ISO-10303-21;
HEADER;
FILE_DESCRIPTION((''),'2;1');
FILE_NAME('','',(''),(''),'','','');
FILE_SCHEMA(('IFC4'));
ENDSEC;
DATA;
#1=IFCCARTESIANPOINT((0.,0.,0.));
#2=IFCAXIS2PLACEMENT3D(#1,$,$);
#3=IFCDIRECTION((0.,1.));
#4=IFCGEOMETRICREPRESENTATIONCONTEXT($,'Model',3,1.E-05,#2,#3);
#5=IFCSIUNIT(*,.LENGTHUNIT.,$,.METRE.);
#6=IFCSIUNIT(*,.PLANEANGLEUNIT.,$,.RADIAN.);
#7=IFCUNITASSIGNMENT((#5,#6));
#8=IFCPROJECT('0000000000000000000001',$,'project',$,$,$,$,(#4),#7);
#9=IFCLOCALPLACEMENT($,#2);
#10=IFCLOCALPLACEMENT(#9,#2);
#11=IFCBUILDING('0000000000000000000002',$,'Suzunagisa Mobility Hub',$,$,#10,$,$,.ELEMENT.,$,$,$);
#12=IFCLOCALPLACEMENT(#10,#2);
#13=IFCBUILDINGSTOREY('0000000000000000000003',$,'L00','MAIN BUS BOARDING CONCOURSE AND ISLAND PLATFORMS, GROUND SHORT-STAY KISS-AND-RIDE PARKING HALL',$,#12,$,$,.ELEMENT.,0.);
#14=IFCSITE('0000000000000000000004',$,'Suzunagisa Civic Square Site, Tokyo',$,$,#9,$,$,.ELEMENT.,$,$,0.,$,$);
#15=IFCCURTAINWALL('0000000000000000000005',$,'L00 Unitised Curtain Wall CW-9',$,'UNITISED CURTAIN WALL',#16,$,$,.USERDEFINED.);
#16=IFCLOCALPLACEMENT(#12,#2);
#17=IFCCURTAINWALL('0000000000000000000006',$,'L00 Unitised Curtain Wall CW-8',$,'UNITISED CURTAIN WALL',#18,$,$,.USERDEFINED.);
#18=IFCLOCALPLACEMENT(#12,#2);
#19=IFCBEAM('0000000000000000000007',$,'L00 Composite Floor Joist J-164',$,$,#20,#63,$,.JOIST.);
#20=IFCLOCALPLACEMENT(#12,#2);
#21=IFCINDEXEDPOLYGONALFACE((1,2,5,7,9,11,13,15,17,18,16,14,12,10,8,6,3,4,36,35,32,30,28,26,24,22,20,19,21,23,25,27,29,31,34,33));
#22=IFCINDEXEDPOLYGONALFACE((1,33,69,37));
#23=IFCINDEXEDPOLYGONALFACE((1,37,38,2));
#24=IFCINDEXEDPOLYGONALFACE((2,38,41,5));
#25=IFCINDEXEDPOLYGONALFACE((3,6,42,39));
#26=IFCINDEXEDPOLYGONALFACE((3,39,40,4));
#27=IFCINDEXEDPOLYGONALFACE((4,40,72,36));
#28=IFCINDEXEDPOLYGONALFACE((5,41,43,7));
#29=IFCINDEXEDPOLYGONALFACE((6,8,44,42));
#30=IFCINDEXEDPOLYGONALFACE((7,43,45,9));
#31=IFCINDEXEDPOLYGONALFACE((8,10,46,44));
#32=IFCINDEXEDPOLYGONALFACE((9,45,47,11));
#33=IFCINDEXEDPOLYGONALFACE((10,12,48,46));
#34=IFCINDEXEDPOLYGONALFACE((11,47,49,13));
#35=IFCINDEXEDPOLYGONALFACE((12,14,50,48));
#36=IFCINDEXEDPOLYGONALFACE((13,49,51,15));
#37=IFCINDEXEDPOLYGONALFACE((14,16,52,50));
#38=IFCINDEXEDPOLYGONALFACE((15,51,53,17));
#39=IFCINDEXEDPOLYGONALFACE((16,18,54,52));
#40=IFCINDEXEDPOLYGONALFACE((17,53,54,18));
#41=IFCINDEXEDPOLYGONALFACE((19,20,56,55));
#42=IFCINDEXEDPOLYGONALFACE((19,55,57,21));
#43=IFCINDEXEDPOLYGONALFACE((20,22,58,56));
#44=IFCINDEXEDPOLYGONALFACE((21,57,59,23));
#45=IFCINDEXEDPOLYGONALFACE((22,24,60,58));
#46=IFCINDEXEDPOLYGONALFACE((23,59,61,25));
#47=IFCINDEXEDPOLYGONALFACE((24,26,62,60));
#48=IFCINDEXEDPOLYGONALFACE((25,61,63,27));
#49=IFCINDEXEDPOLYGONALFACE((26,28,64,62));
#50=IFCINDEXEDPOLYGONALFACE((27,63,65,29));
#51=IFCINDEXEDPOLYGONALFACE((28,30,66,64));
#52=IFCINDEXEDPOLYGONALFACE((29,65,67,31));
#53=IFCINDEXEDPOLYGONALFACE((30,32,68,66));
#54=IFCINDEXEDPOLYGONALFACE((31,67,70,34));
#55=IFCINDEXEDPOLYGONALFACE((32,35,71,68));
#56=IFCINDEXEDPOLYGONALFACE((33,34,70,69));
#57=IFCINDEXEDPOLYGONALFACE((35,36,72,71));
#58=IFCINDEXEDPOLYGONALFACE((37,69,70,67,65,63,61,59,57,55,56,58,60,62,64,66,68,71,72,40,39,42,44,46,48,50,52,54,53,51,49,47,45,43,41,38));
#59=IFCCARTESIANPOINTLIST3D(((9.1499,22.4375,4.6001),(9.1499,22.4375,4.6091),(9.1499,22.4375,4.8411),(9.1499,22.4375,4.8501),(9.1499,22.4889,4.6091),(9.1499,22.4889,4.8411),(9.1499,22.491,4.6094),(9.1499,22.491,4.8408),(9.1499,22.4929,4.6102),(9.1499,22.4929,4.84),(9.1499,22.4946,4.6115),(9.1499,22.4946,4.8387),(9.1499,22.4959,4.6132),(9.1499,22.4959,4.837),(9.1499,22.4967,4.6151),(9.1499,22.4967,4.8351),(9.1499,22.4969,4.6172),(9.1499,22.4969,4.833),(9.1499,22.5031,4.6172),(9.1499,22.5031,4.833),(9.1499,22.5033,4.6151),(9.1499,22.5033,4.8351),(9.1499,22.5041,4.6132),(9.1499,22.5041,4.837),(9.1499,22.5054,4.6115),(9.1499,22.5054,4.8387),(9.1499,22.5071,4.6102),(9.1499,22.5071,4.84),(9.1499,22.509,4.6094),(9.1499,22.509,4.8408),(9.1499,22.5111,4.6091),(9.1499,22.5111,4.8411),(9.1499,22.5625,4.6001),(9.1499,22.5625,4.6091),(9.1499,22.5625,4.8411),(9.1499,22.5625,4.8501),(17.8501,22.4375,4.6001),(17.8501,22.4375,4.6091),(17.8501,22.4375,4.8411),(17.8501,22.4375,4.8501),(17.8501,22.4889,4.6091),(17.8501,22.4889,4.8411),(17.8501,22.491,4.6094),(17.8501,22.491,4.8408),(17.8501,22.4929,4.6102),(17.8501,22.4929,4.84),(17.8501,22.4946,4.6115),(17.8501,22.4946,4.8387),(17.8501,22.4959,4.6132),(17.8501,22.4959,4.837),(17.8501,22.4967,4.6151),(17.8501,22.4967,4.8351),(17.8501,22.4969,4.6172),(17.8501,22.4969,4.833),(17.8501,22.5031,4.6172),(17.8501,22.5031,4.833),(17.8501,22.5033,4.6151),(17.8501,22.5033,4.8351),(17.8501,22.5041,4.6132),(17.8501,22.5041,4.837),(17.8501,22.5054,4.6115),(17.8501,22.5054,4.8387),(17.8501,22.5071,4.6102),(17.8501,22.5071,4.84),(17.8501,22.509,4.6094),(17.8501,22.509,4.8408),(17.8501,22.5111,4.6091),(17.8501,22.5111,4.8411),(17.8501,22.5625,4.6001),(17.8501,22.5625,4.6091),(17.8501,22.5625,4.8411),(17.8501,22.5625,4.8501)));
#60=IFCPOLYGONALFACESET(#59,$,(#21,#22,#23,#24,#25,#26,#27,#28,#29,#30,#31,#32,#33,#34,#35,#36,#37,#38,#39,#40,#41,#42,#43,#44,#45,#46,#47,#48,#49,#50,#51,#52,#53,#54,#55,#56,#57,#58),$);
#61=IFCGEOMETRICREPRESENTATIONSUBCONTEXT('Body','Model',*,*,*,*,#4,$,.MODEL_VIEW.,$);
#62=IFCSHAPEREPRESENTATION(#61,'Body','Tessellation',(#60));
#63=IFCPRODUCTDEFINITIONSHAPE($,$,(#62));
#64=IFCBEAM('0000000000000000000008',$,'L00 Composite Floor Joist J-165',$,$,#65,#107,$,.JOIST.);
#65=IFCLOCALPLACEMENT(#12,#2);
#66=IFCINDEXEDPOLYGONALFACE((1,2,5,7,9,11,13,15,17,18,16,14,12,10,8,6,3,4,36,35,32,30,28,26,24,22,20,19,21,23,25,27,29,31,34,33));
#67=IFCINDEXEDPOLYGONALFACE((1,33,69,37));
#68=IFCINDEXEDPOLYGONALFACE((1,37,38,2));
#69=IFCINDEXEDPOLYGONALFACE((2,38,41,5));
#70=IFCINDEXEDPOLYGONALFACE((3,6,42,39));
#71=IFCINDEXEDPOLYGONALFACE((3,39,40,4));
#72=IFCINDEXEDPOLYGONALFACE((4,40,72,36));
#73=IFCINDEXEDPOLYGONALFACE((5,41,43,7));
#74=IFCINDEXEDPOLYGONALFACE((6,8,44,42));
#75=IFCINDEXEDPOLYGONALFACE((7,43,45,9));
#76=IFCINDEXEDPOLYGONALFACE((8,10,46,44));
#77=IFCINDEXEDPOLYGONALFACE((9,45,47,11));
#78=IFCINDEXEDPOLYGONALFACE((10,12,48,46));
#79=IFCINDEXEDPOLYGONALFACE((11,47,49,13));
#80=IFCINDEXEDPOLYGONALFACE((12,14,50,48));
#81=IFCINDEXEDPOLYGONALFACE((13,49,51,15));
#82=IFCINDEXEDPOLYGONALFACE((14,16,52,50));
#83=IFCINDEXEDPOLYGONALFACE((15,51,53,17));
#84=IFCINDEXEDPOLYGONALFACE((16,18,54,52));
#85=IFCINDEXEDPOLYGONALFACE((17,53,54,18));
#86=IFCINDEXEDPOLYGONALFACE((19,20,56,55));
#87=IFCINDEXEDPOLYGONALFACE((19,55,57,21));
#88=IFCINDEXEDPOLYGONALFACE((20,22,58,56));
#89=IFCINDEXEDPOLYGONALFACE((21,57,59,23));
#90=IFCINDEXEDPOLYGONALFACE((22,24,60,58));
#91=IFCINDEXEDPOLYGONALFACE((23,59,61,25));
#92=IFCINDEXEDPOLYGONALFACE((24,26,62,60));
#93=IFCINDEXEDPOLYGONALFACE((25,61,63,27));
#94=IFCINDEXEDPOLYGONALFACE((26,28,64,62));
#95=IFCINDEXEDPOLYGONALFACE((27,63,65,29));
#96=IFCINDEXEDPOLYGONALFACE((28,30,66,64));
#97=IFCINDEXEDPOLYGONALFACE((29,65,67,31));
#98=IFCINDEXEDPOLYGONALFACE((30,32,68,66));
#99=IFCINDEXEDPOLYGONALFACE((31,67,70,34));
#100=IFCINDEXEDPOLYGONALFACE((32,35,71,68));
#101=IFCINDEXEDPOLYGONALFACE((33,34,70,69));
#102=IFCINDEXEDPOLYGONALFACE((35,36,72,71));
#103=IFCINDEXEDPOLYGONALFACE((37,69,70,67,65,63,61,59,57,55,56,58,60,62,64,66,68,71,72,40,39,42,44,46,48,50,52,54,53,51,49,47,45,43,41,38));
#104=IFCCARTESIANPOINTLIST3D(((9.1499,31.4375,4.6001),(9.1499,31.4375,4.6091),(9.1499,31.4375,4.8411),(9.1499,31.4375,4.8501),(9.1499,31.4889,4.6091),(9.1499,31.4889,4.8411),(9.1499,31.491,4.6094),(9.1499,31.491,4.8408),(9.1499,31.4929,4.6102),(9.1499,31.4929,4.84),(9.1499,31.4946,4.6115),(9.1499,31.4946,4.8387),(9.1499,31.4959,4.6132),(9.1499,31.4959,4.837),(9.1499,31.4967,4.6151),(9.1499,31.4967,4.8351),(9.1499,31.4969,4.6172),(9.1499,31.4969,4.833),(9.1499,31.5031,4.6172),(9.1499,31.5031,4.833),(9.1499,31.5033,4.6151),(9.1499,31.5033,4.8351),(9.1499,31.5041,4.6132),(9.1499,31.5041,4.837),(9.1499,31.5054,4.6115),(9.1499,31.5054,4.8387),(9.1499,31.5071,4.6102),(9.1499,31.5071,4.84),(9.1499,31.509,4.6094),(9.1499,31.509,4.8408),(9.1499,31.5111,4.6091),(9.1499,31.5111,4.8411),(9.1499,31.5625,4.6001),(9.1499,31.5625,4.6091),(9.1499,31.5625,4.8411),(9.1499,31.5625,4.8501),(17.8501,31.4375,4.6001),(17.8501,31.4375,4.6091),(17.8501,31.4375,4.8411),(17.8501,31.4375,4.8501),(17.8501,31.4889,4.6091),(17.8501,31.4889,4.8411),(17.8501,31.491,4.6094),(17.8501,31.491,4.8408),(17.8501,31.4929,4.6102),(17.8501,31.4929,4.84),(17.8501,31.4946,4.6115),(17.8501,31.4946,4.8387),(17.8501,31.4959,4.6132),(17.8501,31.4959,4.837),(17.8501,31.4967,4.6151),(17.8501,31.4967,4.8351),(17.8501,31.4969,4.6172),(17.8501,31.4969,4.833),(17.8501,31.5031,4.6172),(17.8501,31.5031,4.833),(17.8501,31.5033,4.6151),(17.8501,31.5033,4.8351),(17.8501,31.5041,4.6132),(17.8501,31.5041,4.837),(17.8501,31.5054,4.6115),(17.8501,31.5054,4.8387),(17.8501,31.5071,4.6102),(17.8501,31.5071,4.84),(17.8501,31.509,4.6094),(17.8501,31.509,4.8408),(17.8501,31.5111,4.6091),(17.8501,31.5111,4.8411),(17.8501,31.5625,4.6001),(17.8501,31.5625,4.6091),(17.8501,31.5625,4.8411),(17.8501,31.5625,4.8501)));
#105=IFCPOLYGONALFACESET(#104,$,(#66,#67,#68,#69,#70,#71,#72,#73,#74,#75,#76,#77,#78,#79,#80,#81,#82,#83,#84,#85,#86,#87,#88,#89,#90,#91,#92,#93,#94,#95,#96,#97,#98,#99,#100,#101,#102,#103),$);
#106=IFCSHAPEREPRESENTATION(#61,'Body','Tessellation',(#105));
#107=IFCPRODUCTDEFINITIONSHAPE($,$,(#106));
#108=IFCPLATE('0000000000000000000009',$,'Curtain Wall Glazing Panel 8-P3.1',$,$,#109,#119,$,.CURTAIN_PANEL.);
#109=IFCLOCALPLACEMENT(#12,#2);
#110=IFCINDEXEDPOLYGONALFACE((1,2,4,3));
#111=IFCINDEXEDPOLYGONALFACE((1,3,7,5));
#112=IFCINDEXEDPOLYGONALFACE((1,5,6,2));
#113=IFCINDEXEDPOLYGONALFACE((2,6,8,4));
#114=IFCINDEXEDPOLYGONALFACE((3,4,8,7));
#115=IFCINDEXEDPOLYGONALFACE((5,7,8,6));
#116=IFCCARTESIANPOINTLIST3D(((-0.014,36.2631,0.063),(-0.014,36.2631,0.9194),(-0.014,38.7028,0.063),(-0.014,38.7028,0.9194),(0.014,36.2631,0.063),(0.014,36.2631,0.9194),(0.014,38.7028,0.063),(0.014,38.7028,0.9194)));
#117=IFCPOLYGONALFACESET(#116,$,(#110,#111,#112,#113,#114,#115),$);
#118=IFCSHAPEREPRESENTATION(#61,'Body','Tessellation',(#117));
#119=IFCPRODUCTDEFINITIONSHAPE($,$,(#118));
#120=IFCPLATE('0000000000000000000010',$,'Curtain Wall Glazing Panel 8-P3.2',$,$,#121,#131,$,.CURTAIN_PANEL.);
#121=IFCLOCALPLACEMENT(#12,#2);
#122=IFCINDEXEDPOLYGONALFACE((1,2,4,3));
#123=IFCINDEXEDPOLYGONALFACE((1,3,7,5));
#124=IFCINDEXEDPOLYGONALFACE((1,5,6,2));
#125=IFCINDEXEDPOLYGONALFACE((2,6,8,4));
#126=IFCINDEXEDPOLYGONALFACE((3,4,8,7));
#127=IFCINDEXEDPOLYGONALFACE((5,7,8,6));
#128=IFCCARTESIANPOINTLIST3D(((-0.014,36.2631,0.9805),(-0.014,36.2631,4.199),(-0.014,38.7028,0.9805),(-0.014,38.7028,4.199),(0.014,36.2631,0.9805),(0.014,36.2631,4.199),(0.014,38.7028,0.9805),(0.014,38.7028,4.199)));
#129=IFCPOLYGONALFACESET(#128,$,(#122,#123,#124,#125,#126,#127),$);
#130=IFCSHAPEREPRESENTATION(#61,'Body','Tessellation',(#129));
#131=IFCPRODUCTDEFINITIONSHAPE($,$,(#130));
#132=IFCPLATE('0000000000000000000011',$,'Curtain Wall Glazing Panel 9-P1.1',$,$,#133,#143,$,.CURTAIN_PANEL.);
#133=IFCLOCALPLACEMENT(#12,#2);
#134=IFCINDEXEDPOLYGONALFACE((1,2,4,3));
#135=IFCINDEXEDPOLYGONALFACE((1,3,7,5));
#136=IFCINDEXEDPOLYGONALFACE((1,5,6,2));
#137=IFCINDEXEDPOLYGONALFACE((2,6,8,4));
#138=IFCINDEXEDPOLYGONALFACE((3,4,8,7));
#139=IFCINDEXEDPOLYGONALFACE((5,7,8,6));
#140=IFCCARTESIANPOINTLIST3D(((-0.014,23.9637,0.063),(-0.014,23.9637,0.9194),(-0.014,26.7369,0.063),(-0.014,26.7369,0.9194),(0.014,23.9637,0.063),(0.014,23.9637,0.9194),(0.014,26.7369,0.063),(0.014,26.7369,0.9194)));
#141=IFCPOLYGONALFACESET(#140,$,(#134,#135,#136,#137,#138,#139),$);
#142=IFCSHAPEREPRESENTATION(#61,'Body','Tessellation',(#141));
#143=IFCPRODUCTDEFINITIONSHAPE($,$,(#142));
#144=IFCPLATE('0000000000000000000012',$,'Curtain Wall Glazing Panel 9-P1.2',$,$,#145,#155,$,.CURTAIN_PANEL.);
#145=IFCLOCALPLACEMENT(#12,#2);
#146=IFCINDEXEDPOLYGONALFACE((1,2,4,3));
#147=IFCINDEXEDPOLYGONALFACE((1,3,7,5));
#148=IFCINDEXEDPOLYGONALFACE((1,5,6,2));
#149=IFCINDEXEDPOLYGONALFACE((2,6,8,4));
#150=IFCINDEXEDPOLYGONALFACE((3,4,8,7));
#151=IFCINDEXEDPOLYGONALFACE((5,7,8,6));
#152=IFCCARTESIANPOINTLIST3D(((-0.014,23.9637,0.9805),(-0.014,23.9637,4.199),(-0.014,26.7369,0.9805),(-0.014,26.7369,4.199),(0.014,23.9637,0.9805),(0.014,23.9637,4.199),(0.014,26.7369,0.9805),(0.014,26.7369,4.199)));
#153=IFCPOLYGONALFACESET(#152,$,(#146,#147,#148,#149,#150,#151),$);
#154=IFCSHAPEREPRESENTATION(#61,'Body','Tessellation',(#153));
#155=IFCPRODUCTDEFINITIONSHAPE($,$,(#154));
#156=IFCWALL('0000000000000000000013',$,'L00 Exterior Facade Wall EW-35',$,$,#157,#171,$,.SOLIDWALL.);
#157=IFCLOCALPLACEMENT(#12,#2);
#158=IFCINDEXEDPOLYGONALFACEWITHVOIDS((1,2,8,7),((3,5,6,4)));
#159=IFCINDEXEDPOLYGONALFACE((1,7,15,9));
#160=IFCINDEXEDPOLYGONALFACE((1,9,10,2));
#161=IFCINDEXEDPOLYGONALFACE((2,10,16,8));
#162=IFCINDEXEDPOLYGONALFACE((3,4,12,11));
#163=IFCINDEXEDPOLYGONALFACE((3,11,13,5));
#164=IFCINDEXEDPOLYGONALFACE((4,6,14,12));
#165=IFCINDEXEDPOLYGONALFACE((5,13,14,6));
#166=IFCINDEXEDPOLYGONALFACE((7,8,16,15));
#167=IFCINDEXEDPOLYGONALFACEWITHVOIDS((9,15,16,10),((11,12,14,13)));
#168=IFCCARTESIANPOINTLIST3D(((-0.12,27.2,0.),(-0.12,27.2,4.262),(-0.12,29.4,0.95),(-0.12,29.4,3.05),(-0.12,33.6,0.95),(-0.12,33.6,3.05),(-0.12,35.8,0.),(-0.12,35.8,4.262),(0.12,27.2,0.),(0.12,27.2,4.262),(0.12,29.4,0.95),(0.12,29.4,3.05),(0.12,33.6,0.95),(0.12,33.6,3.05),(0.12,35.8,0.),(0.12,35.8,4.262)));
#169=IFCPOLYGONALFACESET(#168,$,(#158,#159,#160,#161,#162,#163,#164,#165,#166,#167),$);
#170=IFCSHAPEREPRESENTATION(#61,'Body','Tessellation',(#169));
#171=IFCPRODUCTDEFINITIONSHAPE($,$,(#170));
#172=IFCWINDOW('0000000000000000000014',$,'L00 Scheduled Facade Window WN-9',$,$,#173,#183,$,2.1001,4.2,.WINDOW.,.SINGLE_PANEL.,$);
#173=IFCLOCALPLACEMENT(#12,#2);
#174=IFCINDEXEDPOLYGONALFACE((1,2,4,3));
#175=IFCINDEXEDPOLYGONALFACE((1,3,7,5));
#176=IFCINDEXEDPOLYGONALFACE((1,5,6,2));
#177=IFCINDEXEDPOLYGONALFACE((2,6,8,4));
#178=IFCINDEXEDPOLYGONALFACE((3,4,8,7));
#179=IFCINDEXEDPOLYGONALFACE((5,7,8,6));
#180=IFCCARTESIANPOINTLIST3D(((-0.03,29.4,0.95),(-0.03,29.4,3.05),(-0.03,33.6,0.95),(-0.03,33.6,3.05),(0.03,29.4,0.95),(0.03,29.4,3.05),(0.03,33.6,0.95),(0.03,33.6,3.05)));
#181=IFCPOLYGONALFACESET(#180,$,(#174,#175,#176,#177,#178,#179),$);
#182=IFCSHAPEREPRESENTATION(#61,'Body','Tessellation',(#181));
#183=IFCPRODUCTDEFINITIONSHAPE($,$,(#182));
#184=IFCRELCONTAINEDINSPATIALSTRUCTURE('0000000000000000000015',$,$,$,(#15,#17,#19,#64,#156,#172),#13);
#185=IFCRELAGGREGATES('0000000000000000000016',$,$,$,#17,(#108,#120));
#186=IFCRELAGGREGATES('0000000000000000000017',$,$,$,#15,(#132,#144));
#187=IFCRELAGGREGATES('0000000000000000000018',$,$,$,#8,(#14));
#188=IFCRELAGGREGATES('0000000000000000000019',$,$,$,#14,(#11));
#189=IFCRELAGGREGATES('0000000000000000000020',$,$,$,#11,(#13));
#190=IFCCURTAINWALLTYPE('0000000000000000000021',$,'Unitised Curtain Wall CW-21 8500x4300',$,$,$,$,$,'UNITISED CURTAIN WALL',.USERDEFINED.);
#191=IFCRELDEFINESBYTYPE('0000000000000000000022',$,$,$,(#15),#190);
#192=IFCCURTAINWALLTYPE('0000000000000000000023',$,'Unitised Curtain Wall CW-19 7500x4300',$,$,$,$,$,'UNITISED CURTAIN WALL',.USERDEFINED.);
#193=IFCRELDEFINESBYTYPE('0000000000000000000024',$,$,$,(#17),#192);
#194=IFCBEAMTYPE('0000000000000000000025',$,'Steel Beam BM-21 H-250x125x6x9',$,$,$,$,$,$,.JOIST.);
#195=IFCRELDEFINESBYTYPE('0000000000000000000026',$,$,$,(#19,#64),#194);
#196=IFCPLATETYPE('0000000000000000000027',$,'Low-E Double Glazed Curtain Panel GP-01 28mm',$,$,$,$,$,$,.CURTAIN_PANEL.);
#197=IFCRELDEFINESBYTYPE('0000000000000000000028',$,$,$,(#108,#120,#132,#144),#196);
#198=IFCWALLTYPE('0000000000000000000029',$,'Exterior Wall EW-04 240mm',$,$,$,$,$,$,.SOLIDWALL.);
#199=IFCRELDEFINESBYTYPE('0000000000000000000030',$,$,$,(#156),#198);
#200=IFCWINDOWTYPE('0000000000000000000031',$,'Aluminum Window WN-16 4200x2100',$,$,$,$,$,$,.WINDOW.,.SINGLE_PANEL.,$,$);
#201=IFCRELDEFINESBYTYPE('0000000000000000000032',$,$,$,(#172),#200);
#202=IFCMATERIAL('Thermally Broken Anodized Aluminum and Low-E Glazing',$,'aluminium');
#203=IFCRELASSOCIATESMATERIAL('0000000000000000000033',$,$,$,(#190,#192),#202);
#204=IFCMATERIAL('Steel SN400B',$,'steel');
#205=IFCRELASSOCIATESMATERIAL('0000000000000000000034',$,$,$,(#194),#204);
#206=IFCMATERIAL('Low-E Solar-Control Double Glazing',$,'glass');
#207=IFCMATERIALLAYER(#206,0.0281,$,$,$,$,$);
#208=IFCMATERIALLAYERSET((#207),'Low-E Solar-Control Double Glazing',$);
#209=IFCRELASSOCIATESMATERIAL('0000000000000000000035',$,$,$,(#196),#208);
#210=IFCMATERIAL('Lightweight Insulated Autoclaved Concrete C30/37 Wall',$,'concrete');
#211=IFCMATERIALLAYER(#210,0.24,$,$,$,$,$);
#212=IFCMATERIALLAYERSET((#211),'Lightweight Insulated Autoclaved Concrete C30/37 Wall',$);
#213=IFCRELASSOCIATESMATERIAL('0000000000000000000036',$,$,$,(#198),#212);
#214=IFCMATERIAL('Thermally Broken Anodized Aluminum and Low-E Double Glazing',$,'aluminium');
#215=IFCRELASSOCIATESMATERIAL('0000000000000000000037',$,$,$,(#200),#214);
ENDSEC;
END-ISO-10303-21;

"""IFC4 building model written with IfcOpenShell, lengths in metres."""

from ifc_helpers import new_model, si_unit, direction, frame, frame_2d, origin, origin_2d, place, context, subcontext, project, spatial, rectangle, i_section, extrude, material, layer, layer_set, material_profile, profile_set, type_object, element, fill, aggregate, save


model = new_model("IFC4")

# Units and contexts
model_context = context("Model", 3, precision=1e-05, world=origin(), true_north=direction((0.0, 1.0)))
body_context = subcontext(model_context, "Body", "Model", "MODEL_VIEW")
ifc_project = project(units=[si_unit("LENGTHUNIT", "METRE"), si_unit("PLANEANGLEUNIT", "RADIAN")], contexts=[model_context])

# Site, building, storey
site_placement = place(None, origin())
site = spatial("IfcSite", under=ifc_project, at=site_placement, Name="Suzunagisa Civic Square Site, Tokyo", CompositionType="ELEMENT", RefElevation=0.0)
building_placement = place(site_placement, origin())
building = spatial("IfcBuilding", under=site, at=building_placement, Name="Suzunagisa Mobility Hub", CompositionType="ELEMENT")
storey_placement = place(building_placement, origin())
storey = spatial("IfcBuildingStorey", under=building, at=storey_placement, Name="L00", Description="MAIN BUS BOARDING CONCOURSE AND ISLAND PLATFORMS, GROUND SHORT-STAY KISS-AND-RIDE PARKING HALL", CompositionType="ELEMENT", Elevation=0.0)

# Curtain wall
ifc_material_1 = material(Name="Thermally Broken Anodized Aluminum and Low-E Glazing", Category="aluminium")
curtain_wall_type_1 = type_object("IfcCurtainWallType", Name="Unitised Curtain Wall CW-21 8500x4300", ElementType="UNITISED CURTAIN WALL", PredefinedType="USERDEFINED", material=ifc_material_1)
curtain_wall_1_placement = place(storey_placement, origin())
curtain_wall_1 = element("IfcCurtainWall", 1, at=curtain_wall_1_placement, inside=storey, type_object=curtain_wall_type_1, Name="L00 Unitised Curtain Wall CW-9", ObjectType="UNITISED CURTAIN WALL", PredefinedType="USERDEFINED")

# Curtain wall
curtain_wall_type_2 = type_object("IfcCurtainWallType", Name="Unitised Curtain Wall CW-19 7500x4300", ElementType="UNITISED CURTAIN WALL", PredefinedType="USERDEFINED", material=ifc_material_1)
curtain_wall_2_placement = place(storey_placement, origin())
curtain_wall_2 = element("IfcCurtainWall", 2, at=curtain_wall_2_placement, inside=storey, type_object=curtain_wall_type_2, Name="L00 Unitised Curtain Wall CW-8", ObjectType="UNITISED CURTAIN WALL", PredefinedType="USERDEFINED")

# Beams
ifc_material_2 = material(Name="Steel SN400B", Category="steel")
ifc_material_profile_1 = material_profile(ifc_material_2, i_section(OverallWidth=0.125, OverallDepth=0.25, WebThickness=0.0061, FlangeThickness=0.009, FilletRadius=0.0081, at=origin_2d()), Name="H-250x125x6x9")
ifc_profile_set_1 = profile_set([ifc_material_profile_1], Name="Steel SN400B")
beam_type_1 = type_object("IfcBeamType", Name="Steel Beam BM-21 H-250x125x6x9", PredefinedType="JOIST", material=ifc_profile_set_1)
for number, where, z_axis, x_axis, name in (
    (3, (9.1499, 22.5, 4.7251), (1.0, 0.0, 0.0), (0.0, 1.0, 0.0), "L00 Composite Floor Joist J-164"),
    (4, (9.1499, 31.5, 4.7251), (1.0, 0.0, 0.0), (0.0, 1.0, 0.0), "L00 Composite Floor Joist J-165"),
):
    element("IfcBeam", number, at=place(storey_placement, frame(where, z_axis=z_axis, x_axis=x_axis)), inside=storey, type_object=beam_type_1, Name=name, PredefinedType="JOIST", context=body_context, shape_type="SweptSolid", body=[
        extrude(i_section(OverallWidth=0.125, OverallDepth=0.25, WebThickness=0.0061, FlangeThickness=0.009, FilletRadius=0.0081, at=origin_2d()), origin(), (0.0, 0.0, 1.0), 8.7002),
    ])

# Plates
ifc_material_3 = material(Name="Low-E Solar-Control Double Glazing", Category="glass")
ifc_layer_1 = layer(ifc_material_3, 0.0281)
ifc_layer_set_1 = layer_set([ifc_layer_1], Name="Low-E Solar-Control Double Glazing")
plate_type = type_object("IfcPlateType", Name="Low-E Double Glazed Curtain Panel GP-01 28mm", PredefinedType="CURTAIN_PANEL", material=ifc_layer_set_1)
plate_1_placement = place(storey_placement, frame((0.0, 37.4829, 0.063), z_axis=(0.0, 0.0, 1.0), x_axis=(0.0, -1.0, 0.0)))
plate_1 = element("IfcPlate", 5, at=plate_1_placement, type_object=plate_type, Name="Curtain Wall Glazing Panel 8-P3.1", PredefinedType="CURTAIN_PANEL", context=body_context, shape_type="SweptSolid", body=[
    extrude(rectangle(XDim=2.4397, YDim=0.0281, at=origin_2d()), origin(), (0.0, 0.0, 1.0), 0.8564),
])
plate_2_placement = place(storey_placement, frame((0.0, 37.4829, 0.9805), z_axis=(0.0, 0.0, 1.0), x_axis=(0.0, -1.0, 0.0)))
plate_2 = element("IfcPlate", 6, at=plate_2_placement, type_object=plate_type, Name="Curtain Wall Glazing Panel 8-P3.2", PredefinedType="CURTAIN_PANEL", context=body_context, shape_type="SweptSolid", body=[
    extrude(rectangle(XDim=2.4397, YDim=0.0281, at=origin_2d()), origin(), (0.0, 0.0, 1.0), 3.2185),
])
aggregate(curtain_wall_2, [plate_1, plate_2])
plate_3_placement = place(storey_placement, frame((0.0, 25.3503, 0.063), z_axis=(0.0, 0.0, 1.0), x_axis=(0.0, -1.0, 0.0)))
plate_3 = element("IfcPlate", 7, at=plate_3_placement, type_object=plate_type, Name="Curtain Wall Glazing Panel 9-P1.1", PredefinedType="CURTAIN_PANEL", context=body_context, shape_type="SweptSolid", body=[
    extrude(rectangle(XDim=2.7732, YDim=0.0281, at=origin_2d()), origin(), (0.0, 0.0, 1.0), 0.8564),
])
plate_4_placement = place(storey_placement, frame((0.0, 25.3503, 0.9805), z_axis=(0.0, 0.0, 1.0), x_axis=(0.0, -1.0, 0.0)))
plate_4 = element("IfcPlate", 8, at=plate_4_placement, type_object=plate_type, Name="Curtain Wall Glazing Panel 9-P1.2", PredefinedType="CURTAIN_PANEL", context=body_context, shape_type="SweptSolid", body=[
    extrude(rectangle(XDim=2.7732, YDim=0.0281, at=origin_2d()), origin(), (0.0, 0.0, 1.0), 3.2185),
])
aggregate(curtain_wall_1, [plate_3, plate_4])

# Wall, opening, window
ifc_material_4 = material(Name="Lightweight Insulated Autoclaved Concrete C30/37 Wall", Category="concrete")
ifc_layer_2 = layer(ifc_material_4, 0.24)
ifc_layer_set_2 = layer_set([ifc_layer_2], Name="Lightweight Insulated Autoclaved Concrete C30/37 Wall")
wall_type = type_object("IfcWallType", Name="Exterior Wall EW-04 240mm", PredefinedType="SOLIDWALL", material=ifc_layer_set_2)
wall_placement = place(storey_placement, frame((0.0, 35.8, 0.0), z_axis=(0.0, 0.0, 1.0), x_axis=(0.0, -1.0, 0.0)))
wall = element("IfcWall", 9, at=wall_placement, inside=storey, type_object=wall_type, Name="L00 Exterior Facade Wall EW-35", PredefinedType="SOLIDWALL", context=body_context, shape_type="SweptSolid", body=[
    extrude(rectangle(XDim=8.6001, YDim=0.24, at=frame_2d((4.3, 0.0))), origin(), (0.0, 0.0, 1.0), 4.262),
])
opening_placement = place(wall_placement, frame((2.2, 0.0, 0.95)))
opening = element("IfcOpeningElement", 10, at=opening_placement, cuts=wall, PredefinedType="OPENING", context=body_context, shape_type="SweptSolid", body=[
    extrude(rectangle(XDim=4.2, YDim=2.1001, at=frame_2d((2.1001, 1.05))), frame((0.0, 0.1309, 0.0), z_axis=(0.0, -1.0, 0.0), x_axis=(1.0, 0.0, 0.0)), (0.0, 0.0, 1.0), 0.262),
])
ifc_material_5 = material(Name="Thermally Broken Anodized Aluminum and Low-E Double Glazing", Category="aluminium")
window_type = type_object("IfcWindowType", Name="Aluminum Window WN-16 4200x2100", PartitioningType="SINGLE_PANEL", PredefinedType="WINDOW", material=ifc_material_5)
window_placement = place(opening_placement, origin())
window = element("IfcWindow", 11, at=window_placement, inside=storey, type_object=window_type, Name="L00 Scheduled Facade Window WN-9", OverallHeight=2.1001, OverallWidth=4.2, PartitioningType="SINGLE_PANEL", PredefinedType="WINDOW", context=body_context, shape_type="SweptSolid", body=[
    extrude(rectangle(XDim=4.2, YDim=2.1001, at=frame_2d((2.1001, 1.05))), frame((0.0, 0.03, 0.0), z_axis=(0.0, -1.0, 0.0), x_axis=(1.0, 0.0, 0.0)), (0.0, 0.0, 1.0), 0.0601),
])
fill(opening, window)

save(model, "model.ifc")
